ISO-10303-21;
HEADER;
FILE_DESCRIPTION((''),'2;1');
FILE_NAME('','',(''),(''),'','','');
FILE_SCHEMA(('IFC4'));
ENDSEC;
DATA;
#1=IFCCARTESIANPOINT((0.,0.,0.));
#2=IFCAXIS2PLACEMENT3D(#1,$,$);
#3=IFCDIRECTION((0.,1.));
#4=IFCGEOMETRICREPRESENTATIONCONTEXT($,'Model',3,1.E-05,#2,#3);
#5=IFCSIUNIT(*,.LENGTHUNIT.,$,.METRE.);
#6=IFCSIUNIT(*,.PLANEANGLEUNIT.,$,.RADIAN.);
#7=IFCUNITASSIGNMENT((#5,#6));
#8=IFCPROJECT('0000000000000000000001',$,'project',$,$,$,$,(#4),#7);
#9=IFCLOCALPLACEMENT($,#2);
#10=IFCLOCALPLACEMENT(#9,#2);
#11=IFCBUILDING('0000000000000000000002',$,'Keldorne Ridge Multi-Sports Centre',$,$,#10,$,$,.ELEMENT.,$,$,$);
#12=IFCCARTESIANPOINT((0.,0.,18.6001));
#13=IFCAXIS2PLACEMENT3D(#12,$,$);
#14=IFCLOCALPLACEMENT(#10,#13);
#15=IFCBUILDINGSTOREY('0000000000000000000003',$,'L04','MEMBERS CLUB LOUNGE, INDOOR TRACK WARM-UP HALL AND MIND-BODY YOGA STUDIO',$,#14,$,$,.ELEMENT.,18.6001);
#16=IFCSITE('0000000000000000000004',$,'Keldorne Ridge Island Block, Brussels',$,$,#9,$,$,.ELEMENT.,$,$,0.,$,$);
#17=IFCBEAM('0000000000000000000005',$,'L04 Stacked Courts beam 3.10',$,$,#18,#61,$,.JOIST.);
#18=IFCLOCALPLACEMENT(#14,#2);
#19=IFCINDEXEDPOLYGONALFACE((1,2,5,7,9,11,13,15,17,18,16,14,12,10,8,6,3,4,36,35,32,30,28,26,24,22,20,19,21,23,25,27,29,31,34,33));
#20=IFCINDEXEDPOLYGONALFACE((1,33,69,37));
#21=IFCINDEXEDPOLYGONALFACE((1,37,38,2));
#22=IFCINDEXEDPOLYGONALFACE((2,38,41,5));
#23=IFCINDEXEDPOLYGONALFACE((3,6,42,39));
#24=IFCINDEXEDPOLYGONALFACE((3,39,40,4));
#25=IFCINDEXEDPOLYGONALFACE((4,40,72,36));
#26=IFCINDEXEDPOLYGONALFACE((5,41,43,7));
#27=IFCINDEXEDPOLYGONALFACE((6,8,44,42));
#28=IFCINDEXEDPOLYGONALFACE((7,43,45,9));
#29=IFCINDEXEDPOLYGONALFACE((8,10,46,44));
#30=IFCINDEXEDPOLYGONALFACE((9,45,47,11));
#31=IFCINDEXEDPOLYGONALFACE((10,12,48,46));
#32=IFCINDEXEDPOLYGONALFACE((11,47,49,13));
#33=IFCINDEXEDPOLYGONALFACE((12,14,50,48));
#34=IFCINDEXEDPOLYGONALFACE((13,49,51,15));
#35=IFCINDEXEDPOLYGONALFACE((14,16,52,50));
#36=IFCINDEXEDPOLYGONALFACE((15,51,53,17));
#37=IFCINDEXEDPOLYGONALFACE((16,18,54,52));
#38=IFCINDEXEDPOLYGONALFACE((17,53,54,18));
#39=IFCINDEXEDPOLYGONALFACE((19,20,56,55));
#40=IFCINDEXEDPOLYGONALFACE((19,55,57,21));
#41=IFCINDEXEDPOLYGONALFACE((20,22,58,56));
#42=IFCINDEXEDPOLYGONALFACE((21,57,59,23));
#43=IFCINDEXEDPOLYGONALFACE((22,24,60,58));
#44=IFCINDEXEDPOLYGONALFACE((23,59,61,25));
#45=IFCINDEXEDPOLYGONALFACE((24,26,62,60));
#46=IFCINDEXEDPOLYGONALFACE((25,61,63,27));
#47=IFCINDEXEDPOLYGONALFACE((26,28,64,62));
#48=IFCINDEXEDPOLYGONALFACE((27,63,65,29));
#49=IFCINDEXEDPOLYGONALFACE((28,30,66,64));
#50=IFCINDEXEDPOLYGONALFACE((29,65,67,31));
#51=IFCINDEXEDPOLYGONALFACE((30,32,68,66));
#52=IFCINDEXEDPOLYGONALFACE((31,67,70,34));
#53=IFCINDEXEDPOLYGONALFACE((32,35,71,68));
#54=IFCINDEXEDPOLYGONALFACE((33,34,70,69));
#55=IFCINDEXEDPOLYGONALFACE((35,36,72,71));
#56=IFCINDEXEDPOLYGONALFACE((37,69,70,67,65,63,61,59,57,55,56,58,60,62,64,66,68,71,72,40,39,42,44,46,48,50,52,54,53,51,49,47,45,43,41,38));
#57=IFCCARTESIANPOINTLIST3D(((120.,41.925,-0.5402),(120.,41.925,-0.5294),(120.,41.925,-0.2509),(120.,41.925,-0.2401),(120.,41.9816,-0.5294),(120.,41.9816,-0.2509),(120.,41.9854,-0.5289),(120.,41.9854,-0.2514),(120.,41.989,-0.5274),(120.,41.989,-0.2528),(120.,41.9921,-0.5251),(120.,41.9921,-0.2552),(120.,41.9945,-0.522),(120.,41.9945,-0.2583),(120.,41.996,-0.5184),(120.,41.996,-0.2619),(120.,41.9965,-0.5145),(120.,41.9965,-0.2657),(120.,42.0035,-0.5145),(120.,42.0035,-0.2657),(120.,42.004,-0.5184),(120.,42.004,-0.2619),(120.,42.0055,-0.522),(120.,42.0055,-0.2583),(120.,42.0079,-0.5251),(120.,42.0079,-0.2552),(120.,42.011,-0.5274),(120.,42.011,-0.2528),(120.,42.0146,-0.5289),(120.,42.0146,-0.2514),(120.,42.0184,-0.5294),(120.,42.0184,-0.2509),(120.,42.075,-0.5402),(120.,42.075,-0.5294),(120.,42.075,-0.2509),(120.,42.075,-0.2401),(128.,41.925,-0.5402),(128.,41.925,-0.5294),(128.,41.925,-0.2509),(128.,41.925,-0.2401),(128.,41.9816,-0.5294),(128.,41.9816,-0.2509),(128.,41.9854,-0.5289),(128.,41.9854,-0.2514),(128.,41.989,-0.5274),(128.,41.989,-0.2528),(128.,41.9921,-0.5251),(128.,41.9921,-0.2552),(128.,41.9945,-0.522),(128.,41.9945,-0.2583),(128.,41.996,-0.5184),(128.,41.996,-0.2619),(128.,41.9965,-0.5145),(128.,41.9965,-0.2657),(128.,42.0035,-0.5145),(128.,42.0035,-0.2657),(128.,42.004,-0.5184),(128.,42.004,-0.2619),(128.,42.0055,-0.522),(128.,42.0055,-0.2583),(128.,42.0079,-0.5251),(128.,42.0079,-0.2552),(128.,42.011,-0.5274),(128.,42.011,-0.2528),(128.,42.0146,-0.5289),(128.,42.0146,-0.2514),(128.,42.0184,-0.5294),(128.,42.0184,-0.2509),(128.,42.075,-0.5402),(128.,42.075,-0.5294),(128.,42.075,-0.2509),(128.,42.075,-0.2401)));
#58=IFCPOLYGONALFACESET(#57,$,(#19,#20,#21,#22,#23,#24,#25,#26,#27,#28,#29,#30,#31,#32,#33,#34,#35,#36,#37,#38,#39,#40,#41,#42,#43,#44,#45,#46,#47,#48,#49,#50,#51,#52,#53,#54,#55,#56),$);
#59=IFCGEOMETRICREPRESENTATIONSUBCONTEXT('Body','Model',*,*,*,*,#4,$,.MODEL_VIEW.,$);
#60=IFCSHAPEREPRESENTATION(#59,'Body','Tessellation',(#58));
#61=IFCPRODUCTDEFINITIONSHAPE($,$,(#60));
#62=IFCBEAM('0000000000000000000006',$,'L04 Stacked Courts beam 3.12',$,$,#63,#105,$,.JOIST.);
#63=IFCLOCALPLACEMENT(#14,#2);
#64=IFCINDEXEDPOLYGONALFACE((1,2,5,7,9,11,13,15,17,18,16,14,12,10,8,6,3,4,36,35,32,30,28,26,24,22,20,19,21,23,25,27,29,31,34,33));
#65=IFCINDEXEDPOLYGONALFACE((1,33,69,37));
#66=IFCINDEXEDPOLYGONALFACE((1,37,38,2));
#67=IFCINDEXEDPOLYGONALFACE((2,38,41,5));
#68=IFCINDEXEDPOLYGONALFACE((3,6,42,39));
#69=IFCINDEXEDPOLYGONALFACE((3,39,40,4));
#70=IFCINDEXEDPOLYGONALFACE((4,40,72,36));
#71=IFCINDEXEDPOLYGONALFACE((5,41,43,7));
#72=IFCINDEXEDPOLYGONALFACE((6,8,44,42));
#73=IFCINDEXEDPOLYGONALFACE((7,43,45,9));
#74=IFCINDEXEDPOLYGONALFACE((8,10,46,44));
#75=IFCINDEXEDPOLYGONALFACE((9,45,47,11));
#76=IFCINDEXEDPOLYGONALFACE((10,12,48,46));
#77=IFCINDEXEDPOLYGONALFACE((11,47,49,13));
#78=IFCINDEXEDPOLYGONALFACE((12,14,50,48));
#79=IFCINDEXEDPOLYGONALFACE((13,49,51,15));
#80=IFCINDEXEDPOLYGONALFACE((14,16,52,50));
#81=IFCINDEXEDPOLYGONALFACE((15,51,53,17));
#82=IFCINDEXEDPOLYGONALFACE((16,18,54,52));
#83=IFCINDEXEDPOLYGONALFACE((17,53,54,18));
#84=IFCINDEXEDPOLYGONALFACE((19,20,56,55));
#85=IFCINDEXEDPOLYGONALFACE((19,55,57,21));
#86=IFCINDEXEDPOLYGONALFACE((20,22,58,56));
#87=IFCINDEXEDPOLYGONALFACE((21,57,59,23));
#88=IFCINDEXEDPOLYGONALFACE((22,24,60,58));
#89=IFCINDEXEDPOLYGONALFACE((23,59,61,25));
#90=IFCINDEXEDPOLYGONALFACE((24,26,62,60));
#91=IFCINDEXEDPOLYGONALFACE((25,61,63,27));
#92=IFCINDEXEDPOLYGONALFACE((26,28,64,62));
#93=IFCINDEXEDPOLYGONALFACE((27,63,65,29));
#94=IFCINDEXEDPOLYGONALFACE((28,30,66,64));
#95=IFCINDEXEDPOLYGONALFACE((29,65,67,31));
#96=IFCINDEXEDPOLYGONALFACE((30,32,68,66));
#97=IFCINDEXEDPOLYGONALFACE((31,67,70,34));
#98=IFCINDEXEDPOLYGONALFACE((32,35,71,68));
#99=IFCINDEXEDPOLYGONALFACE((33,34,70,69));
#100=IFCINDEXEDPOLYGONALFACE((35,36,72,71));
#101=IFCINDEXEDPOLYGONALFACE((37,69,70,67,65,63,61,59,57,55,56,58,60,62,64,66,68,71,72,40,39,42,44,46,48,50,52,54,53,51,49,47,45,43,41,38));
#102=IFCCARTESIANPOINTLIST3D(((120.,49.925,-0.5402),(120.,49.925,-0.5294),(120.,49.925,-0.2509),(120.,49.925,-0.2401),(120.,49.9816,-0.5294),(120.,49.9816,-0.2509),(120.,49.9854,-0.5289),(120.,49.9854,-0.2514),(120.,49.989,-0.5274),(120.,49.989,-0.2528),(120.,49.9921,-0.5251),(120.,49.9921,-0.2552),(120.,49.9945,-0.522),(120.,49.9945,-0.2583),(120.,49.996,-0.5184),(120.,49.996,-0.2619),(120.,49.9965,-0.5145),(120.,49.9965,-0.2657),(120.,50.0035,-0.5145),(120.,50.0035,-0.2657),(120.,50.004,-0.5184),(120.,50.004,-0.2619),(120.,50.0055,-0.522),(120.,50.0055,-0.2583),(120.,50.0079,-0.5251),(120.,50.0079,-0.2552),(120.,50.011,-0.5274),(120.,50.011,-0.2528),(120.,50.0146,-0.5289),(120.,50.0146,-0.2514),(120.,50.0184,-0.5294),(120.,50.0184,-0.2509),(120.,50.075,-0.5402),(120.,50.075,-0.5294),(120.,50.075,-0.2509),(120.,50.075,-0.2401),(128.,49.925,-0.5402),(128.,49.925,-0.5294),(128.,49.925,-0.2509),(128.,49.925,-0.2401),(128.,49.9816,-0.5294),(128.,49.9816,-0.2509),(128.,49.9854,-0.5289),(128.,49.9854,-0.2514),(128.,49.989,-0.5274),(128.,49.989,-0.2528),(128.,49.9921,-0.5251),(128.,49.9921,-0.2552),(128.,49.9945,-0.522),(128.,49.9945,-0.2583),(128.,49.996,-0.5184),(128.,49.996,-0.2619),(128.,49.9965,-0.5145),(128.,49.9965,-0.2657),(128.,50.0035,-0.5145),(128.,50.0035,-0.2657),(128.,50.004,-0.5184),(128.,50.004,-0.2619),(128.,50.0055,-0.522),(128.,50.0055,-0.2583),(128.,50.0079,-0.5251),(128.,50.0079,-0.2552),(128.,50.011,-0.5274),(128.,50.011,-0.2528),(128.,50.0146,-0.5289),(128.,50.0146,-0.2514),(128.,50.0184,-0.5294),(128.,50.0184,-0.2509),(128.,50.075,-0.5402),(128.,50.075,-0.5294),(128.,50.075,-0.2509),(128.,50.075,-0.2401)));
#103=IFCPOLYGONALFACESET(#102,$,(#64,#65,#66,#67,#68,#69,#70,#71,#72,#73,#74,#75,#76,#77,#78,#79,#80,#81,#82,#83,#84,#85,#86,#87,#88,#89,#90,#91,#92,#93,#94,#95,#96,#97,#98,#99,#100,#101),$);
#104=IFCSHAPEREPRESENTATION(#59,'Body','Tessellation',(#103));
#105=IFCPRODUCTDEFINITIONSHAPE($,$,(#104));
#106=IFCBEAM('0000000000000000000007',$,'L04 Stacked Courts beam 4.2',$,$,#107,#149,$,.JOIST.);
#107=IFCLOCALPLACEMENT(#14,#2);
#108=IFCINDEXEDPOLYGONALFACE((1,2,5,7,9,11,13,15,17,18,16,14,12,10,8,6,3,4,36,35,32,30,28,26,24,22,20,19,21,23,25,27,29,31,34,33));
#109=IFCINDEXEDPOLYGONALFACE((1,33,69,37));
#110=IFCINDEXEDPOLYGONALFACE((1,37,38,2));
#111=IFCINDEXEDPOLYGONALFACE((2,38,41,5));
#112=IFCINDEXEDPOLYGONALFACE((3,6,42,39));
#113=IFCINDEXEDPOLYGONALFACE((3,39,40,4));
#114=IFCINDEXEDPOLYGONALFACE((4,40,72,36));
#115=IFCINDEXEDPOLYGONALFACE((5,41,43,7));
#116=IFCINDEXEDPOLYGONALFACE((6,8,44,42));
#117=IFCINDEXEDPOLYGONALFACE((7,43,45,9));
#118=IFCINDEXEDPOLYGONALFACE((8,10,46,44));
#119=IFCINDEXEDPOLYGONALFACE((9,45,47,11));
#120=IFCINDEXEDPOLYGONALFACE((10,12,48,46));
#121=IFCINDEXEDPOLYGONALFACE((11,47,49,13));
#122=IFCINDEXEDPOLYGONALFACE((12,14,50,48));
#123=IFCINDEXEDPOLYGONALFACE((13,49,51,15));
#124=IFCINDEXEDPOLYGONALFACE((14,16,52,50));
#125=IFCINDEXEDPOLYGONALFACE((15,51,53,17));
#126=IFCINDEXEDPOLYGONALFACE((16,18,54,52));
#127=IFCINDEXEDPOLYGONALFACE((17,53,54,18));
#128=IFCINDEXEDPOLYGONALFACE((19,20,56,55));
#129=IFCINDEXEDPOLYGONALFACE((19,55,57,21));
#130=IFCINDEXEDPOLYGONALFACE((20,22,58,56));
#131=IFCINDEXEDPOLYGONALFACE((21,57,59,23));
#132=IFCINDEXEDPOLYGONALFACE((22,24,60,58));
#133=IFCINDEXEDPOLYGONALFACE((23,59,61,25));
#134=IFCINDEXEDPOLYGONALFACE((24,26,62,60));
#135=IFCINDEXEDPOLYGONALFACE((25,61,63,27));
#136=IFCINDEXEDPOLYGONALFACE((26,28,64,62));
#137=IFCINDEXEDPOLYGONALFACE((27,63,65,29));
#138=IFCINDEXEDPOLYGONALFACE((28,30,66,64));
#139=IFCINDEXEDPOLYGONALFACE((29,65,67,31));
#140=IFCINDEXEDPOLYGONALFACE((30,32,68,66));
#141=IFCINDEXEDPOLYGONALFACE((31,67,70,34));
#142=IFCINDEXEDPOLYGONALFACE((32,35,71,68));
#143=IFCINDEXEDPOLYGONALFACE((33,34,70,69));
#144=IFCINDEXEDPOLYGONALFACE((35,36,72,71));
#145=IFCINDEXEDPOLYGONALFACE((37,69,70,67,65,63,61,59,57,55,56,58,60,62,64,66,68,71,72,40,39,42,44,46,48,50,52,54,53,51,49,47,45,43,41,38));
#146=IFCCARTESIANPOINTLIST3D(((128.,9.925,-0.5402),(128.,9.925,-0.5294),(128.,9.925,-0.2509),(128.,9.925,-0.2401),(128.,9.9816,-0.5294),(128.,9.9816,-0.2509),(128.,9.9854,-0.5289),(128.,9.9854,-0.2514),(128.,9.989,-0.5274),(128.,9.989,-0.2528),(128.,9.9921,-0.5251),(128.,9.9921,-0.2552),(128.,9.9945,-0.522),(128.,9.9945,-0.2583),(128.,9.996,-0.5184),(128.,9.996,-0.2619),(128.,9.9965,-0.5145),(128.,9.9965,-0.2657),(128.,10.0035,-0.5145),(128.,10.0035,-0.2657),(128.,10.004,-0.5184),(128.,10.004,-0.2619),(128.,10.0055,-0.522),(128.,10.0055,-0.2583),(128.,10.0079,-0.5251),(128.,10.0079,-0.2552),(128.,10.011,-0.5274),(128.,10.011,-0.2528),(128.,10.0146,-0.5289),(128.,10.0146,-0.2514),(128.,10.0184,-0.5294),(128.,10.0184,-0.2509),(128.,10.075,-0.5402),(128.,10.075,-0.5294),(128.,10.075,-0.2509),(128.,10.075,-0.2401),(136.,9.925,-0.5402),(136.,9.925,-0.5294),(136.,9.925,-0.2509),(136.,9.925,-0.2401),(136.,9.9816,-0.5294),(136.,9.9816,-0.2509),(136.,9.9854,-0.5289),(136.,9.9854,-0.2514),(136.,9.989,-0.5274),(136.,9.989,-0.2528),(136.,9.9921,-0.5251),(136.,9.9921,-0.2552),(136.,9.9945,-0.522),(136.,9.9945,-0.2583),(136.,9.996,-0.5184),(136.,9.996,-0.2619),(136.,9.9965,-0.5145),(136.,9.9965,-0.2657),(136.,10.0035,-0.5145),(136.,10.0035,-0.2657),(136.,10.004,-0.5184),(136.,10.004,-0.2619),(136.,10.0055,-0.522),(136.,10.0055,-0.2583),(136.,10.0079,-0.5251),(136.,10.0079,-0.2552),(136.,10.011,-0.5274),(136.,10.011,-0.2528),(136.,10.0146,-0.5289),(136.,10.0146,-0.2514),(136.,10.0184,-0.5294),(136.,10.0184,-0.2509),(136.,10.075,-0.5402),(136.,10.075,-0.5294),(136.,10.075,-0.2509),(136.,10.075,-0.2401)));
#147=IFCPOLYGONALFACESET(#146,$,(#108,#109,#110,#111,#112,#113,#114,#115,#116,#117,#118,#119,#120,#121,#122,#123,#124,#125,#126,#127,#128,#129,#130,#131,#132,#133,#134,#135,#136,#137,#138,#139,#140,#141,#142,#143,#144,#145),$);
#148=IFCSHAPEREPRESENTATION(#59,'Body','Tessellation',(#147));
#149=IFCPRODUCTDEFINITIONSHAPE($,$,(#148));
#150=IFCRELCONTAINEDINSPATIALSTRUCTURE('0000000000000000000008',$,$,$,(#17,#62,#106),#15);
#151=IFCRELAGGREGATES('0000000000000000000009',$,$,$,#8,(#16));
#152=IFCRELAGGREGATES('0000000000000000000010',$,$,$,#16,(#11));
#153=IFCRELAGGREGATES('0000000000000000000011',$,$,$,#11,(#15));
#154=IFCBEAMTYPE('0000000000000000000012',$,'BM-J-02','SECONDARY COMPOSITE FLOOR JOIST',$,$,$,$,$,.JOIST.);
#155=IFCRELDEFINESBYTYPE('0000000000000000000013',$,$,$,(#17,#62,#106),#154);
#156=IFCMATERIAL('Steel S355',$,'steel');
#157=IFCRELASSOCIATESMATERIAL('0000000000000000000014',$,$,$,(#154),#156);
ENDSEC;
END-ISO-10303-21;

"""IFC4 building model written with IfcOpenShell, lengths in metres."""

from ifc_helpers import new_model, si_unit, direction, frame, origin, origin_2d, place, context, subcontext, project, spatial, i_section, extrude, material, material_profile, profile_set, type_object, element, save


model = new_model("IFC4")

# Units and contexts
model_context = context("Model", 3, precision=1e-05, world=origin(), true_north=direction((0.0, 1.0)))
body_context = subcontext(model_context, "Body", "Model", "MODEL_VIEW")
ifc_project = project(units=[si_unit("LENGTHUNIT", "METRE"), si_unit("PLANEANGLEUNIT", "RADIAN")], contexts=[model_context])

# Site, building, storey
site_placement = place(None, origin())
site = spatial("IfcSite", under=ifc_project, at=site_placement, Name="Keldorne Ridge Island Block, Brussels", CompositionType="ELEMENT", RefElevation=0.0)
building_placement = place(site_placement, origin())
building = spatial("IfcBuilding", under=site, at=building_placement, Name="Keldorne Ridge Multi-Sports Centre", CompositionType="ELEMENT")
storey_placement = place(building_placement, frame((0.0, 0.0, 18.6001)))
storey = spatial("IfcBuildingStorey", under=building, at=storey_placement, Name="L04", Description="MEMBERS CLUB LOUNGE, INDOOR TRACK WARM-UP HALL AND MIND-BODY YOGA STUDIO", CompositionType="ELEMENT", Elevation=18.6001)

# Shared definitions
ifc_material_1 = material(Name="Steel S355", Category="steel")

# Beams
ifc_material_profile_1 = material_profile(ifc_material_1, i_section(OverallWidth=0.1499, OverallDepth=0.3, WebThickness=0.0071, FlangeThickness=0.0107, FilletRadius=0.0149, at=origin_2d()), Name="IPE 300")
ifc_profile_set_1 = profile_set([ifc_material_profile_1], Name="Steel S355")
beam_type_1 = type_object("IfcBeamType", Name="BM-J-02", Description="SECONDARY COMPOSITE FLOOR JOIST", PredefinedType="JOIST", material=ifc_profile_set_1)
for number, where, z_axis, x_axis, name in (
    (1, (120.0, 42.0, -0.3901), (1.0, 0.0, 0.0), (0.0, 1.0, 0.0), "L04 Stacked Courts beam 3.10"),
    (2, (120.0, 50.0, -0.3901), (1.0, 0.0, 0.0), (0.0, 1.0, 0.0), "L04 Stacked Courts beam 3.12"),
    (3, (128.0, 10.0, -0.3901), (1.0, 0.0, 0.0), (0.0, 1.0, 0.0), "L04 Stacked Courts beam 4.2"),
):
    element("IfcBeam", number, at=place(storey_placement, frame(where, z_axis=z_axis, x_axis=x_axis)), inside=storey, type_object=beam_type_1, Name=name, PredefinedType="JOIST", context=body_context, shape_type="SweptSolid", body=[
        extrude(i_section(OverallWidth=0.1499, OverallDepth=0.3, WebThickness=0.0071, FlangeThickness=0.0107, FilletRadius=0.0149, at=origin_2d()), origin(), (0.0, 0.0, 1.0), 8.0),
    ])

save(model, "model.ifc")
